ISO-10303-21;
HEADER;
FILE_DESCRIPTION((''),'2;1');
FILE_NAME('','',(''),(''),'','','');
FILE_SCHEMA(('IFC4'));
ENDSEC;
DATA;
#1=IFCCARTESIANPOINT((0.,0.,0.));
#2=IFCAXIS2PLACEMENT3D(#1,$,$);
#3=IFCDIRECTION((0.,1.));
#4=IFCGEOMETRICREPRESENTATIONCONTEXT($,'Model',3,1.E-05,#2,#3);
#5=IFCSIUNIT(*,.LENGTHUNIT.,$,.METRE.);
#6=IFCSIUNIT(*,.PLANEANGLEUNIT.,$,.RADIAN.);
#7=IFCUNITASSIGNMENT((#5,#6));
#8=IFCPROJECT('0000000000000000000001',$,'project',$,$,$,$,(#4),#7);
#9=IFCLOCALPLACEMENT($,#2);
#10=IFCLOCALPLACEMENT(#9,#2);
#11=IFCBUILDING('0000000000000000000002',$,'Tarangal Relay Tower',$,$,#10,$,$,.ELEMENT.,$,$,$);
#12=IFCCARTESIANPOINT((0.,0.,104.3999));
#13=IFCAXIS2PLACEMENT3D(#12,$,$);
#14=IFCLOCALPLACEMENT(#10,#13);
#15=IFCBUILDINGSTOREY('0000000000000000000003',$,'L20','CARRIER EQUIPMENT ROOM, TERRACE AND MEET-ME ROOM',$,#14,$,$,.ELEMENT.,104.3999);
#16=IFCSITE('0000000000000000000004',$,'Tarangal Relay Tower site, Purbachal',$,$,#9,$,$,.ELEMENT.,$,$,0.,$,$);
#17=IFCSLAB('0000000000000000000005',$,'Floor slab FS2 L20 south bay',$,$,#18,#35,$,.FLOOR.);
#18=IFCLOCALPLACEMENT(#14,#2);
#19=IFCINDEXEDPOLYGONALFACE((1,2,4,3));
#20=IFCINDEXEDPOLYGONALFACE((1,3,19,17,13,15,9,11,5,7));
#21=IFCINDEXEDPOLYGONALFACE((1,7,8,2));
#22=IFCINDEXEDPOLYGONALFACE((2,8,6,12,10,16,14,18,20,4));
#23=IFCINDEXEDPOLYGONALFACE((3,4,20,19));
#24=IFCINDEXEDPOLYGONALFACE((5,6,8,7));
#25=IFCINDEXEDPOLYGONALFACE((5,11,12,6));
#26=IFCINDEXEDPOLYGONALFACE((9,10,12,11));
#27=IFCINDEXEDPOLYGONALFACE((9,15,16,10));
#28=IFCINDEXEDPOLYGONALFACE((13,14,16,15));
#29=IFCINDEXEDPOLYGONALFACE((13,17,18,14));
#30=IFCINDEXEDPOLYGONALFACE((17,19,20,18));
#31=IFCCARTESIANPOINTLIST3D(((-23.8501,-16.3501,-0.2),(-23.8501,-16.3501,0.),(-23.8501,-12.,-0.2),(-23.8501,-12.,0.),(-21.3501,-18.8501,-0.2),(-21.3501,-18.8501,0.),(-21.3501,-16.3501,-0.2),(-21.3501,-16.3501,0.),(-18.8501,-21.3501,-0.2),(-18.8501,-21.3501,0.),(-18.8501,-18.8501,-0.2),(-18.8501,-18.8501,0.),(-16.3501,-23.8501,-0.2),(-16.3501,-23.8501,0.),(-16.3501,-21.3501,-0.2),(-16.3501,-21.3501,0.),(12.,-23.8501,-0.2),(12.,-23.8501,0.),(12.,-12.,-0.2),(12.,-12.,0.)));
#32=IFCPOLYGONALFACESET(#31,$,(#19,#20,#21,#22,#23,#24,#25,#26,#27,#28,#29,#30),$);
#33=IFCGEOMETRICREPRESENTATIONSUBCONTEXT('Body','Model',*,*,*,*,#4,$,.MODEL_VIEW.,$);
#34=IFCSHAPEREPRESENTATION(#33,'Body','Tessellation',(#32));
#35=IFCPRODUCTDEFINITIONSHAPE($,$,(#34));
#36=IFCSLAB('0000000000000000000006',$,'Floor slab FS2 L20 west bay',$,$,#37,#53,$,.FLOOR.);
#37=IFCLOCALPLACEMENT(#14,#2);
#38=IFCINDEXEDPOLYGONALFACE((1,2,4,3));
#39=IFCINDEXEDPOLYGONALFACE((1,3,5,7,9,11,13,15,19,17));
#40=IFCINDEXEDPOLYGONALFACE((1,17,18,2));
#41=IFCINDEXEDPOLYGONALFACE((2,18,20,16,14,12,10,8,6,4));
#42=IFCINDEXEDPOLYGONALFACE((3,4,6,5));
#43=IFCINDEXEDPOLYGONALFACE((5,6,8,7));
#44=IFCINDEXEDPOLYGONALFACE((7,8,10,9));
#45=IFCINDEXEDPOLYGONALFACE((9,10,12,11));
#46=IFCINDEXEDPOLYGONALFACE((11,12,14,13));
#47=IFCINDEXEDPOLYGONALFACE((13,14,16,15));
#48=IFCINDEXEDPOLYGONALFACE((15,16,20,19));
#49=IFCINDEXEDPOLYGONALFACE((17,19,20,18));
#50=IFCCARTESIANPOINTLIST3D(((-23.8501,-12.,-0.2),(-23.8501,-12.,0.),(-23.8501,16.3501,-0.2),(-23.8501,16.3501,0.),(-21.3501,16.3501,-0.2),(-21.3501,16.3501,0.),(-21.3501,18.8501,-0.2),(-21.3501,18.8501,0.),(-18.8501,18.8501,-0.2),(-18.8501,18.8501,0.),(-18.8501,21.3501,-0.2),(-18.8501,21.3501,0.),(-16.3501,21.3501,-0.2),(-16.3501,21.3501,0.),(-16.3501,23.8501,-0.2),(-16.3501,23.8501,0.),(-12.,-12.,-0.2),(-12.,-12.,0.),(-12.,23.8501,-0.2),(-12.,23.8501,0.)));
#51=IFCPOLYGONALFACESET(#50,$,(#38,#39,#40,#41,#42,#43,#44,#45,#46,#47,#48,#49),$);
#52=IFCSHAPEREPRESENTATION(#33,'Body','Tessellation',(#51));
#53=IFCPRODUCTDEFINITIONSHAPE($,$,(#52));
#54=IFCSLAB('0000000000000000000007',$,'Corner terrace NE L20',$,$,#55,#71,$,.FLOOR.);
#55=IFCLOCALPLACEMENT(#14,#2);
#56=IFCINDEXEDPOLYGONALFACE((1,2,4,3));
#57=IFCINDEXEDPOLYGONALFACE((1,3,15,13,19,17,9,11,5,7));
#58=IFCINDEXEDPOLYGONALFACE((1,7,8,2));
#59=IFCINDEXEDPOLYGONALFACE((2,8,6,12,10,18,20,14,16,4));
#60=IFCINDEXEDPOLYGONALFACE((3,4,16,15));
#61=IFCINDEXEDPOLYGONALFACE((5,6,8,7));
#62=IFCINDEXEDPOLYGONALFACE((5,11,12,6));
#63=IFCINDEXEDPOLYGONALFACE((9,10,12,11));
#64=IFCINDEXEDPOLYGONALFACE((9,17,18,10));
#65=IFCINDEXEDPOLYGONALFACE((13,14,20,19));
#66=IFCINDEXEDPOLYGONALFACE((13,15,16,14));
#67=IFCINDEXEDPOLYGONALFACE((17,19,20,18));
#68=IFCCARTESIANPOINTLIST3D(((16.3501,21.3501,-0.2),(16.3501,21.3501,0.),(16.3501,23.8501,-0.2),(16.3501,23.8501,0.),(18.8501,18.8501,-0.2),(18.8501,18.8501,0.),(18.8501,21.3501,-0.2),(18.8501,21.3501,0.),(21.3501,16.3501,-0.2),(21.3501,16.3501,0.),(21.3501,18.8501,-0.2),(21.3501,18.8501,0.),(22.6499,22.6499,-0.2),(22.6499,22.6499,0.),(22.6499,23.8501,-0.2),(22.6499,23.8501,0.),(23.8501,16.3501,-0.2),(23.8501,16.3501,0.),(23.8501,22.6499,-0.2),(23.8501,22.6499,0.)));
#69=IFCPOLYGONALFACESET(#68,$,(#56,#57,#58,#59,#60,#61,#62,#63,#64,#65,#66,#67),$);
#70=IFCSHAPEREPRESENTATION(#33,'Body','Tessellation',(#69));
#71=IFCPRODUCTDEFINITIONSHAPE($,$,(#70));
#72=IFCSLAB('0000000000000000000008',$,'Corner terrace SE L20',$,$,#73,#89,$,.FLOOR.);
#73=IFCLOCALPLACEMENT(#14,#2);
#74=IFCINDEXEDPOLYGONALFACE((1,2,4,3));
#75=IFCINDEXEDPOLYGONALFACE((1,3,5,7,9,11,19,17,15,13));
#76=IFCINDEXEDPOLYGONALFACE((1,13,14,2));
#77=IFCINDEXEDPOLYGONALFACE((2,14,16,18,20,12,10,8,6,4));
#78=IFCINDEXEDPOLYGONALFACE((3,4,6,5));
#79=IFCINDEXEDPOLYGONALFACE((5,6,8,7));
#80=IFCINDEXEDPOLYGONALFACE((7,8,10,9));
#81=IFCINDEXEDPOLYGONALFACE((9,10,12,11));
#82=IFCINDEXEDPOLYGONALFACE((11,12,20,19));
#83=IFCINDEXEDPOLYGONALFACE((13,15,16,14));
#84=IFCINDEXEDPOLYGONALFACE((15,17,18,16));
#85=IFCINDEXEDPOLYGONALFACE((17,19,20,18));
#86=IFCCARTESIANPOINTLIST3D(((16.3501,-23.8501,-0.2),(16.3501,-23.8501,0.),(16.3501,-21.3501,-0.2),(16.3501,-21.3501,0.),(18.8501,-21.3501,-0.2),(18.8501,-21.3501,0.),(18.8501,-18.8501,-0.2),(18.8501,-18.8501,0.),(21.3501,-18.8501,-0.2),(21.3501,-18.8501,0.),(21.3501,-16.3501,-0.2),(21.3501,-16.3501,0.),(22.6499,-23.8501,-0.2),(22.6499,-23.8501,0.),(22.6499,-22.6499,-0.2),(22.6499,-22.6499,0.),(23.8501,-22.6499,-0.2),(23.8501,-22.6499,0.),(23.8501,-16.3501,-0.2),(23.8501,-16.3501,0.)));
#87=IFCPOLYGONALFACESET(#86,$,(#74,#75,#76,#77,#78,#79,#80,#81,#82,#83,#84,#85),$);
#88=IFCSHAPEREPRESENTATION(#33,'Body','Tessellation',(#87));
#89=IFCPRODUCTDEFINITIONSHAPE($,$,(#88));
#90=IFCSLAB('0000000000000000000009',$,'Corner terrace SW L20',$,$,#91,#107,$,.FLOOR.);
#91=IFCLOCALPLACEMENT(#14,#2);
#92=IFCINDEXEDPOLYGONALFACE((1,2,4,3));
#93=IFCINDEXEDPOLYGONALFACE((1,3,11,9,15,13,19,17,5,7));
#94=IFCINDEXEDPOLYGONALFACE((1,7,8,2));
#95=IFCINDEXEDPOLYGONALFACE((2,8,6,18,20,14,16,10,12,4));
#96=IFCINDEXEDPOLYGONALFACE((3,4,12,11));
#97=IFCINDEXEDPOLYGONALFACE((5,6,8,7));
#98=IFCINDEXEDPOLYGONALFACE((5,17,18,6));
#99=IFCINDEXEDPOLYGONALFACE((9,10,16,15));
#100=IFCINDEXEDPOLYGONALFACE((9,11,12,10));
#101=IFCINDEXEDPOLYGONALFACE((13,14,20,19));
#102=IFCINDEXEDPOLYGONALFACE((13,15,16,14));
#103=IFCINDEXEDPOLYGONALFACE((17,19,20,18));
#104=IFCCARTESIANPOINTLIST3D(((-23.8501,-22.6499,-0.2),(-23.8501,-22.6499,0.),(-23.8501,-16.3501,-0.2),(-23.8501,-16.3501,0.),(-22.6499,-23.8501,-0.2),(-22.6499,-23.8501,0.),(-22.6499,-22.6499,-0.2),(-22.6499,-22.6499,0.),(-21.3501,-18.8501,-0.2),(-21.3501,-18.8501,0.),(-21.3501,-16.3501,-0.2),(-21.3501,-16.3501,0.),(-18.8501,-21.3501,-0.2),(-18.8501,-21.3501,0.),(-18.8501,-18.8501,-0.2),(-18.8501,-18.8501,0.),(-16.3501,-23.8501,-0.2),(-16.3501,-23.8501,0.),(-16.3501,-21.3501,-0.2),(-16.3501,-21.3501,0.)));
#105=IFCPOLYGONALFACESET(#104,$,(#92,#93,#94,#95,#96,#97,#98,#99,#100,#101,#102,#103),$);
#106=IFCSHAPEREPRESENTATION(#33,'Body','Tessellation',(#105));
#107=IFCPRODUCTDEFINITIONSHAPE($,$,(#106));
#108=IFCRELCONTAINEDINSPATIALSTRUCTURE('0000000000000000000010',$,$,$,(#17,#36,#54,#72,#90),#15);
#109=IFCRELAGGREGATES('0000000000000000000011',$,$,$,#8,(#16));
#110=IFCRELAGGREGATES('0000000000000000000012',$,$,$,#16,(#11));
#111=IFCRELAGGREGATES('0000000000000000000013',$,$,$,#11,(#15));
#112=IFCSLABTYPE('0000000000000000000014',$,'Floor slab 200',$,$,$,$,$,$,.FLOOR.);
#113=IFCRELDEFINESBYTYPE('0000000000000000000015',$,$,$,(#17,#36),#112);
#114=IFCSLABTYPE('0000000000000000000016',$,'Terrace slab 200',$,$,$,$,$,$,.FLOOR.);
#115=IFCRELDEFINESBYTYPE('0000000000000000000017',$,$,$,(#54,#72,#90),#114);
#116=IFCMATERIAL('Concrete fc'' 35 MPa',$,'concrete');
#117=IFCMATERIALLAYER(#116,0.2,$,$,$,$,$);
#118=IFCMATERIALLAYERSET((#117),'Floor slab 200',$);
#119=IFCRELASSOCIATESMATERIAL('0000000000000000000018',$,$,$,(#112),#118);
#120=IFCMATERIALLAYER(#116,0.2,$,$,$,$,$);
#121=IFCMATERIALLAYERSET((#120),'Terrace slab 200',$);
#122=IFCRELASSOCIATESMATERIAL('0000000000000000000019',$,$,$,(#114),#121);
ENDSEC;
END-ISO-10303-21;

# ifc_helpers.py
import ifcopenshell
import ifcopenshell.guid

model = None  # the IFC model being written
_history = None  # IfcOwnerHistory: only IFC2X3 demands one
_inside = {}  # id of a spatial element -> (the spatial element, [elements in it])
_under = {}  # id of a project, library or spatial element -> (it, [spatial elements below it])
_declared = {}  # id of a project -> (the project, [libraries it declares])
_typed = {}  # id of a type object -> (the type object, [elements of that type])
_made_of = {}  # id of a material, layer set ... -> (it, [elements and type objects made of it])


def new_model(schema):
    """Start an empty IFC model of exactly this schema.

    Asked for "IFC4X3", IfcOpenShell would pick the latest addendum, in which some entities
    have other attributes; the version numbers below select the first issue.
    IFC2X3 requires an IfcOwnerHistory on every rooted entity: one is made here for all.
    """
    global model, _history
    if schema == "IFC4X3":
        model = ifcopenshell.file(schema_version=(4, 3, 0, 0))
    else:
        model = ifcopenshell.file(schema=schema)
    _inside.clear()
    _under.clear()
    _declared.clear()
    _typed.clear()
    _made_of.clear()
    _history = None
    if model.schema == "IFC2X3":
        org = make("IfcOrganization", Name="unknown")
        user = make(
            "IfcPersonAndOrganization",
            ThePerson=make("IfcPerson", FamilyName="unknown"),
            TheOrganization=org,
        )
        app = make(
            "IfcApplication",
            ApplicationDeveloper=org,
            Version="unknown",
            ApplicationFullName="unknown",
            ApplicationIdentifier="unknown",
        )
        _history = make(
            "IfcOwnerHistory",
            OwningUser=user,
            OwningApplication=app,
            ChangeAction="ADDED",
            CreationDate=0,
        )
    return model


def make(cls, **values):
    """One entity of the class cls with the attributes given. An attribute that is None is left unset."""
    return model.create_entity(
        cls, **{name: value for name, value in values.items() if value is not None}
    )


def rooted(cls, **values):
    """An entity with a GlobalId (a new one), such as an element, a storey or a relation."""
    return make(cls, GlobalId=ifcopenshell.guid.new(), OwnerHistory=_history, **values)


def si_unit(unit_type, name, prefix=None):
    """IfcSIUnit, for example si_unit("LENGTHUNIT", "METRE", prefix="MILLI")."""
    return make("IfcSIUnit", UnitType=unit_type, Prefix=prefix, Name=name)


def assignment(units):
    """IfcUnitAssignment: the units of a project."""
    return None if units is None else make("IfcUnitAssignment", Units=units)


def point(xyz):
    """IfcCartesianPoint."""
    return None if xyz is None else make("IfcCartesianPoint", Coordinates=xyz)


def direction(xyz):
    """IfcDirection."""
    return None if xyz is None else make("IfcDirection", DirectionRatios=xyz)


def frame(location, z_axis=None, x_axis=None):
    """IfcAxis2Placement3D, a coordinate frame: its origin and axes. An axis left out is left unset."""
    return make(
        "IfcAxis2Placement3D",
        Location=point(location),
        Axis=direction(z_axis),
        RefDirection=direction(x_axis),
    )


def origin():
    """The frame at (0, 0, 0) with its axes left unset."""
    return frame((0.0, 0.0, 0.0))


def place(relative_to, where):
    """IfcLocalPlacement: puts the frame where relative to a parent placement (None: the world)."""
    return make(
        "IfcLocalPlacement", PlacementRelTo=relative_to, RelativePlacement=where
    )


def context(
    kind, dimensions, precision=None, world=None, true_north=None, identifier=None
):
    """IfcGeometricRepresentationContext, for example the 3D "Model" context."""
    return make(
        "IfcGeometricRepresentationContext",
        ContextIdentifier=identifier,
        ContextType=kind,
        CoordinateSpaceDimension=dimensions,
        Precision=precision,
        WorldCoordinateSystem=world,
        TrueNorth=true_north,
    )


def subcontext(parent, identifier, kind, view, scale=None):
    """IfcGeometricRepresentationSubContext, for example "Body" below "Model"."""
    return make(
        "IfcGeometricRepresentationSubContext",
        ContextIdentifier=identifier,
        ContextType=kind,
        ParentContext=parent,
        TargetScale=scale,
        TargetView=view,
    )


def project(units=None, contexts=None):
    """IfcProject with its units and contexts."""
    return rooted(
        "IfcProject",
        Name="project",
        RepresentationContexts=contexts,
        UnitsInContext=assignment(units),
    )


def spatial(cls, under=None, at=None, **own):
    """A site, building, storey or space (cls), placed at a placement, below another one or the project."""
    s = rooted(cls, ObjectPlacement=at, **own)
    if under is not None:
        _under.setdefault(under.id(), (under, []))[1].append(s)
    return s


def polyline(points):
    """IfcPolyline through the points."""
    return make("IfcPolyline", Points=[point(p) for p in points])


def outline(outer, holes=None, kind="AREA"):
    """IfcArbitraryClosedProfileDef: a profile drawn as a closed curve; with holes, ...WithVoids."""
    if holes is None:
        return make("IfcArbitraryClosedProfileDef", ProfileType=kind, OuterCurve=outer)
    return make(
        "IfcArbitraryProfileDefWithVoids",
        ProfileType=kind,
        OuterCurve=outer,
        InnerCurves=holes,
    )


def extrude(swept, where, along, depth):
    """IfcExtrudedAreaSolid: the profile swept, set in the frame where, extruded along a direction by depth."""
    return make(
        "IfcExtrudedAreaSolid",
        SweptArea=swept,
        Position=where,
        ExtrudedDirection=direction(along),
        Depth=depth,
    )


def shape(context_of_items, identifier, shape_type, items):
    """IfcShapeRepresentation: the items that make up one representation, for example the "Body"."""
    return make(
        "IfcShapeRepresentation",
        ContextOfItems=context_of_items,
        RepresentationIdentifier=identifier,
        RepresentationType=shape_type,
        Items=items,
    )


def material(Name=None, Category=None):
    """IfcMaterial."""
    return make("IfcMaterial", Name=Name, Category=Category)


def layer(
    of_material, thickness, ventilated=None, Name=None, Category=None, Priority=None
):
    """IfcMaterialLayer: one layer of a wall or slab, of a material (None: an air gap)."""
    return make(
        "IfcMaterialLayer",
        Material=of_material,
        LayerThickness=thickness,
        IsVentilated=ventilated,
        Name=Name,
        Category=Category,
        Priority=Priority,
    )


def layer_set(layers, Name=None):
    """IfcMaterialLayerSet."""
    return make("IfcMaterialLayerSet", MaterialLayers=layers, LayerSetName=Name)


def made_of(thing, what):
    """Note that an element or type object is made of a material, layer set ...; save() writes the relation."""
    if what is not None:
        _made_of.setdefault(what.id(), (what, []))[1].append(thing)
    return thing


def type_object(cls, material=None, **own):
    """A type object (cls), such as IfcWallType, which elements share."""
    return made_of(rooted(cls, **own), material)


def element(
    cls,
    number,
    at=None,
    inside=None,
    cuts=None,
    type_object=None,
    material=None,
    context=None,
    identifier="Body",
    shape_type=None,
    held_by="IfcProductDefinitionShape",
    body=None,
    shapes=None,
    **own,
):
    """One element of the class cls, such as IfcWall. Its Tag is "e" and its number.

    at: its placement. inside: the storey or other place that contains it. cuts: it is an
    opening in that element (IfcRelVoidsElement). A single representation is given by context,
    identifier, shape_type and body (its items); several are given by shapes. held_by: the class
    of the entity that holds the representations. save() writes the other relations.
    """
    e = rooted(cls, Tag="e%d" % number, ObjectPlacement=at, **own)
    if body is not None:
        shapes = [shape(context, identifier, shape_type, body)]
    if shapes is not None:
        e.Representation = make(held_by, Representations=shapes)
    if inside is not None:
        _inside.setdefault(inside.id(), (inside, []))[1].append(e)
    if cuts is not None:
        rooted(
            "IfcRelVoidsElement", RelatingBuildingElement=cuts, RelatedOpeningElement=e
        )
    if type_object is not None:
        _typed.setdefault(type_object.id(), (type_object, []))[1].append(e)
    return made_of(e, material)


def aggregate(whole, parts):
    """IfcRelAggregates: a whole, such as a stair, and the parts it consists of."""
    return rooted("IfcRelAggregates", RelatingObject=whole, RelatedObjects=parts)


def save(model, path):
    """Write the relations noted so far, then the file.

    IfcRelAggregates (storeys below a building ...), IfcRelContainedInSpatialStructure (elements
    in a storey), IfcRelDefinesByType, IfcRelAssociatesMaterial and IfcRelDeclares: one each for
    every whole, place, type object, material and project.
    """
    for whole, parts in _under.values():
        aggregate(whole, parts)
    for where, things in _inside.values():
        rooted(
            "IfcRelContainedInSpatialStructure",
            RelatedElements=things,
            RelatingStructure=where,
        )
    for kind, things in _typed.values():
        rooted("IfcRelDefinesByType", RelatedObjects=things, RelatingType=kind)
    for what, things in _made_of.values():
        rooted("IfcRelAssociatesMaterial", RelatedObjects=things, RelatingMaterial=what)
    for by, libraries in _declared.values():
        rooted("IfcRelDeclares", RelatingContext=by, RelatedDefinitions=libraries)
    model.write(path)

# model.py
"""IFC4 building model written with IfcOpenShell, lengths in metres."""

from ifc_helpers import new_model, si_unit, direction, frame, origin, place, context, subcontext, project, spatial, polyline, outline, extrude, material, layer, layer_set, type_object, element, save


model = new_model("IFC4")

# Units and contexts
model_context = context("Model", 3, precision=1e-05, world=origin(), true_north=direction((0.0, 1.0)))
body_context = subcontext(model_context, "Body", "Model", "MODEL_VIEW")
ifc_project = project(units=[si_unit("LENGTHUNIT", "METRE"), si_unit("PLANEANGLEUNIT", "RADIAN")], contexts=[model_context])

# Site, building, storey
site_placement = place(None, origin())
site = spatial("IfcSite", under=ifc_project, at=site_placement, Name="Tarangal Relay Tower site, Purbachal", CompositionType="ELEMENT", RefElevation=0.0)
building_placement = place(site_placement, origin())
building = spatial("IfcBuilding", under=site, at=building_placement, Name="Tarangal Relay Tower", CompositionType="ELEMENT")
storey_placement = place(building_placement, frame((0.0, 0.0, 104.3999)))
storey = spatial("IfcBuildingStorey", under=building, at=storey_placement, Name="L20", Description="CARRIER EQUIPMENT ROOM, TERRACE AND MEET-ME ROOM", CompositionType="ELEMENT", Elevation=104.3999)

# Slabs
ifc_material_1 = material(Name="Concrete fc' 35 MPa", Category="concrete")
ifc_layer_1 = layer(ifc_material_1, 0.2)
ifc_layer_set_1 = layer_set([ifc_layer_1], Name="Floor slab 200")
slab_type_1 = type_object("IfcSlabType", Name="Floor slab 200", PredefinedType="FLOOR", material=ifc_layer_set_1)
slab_1_placement = place(storey_placement, frame((0.0, 0.0, -0.2)))
element("IfcSlab", 1, at=slab_1_placement, inside=storey, type_object=slab_type_1, Name="Floor slab FS2 L20 south bay", PredefinedType="FLOOR", context=body_context, shape_type="SweptSolid", body=[
    extrude(outline(polyline([(-16.3501, -23.8501), (-16.3501, -21.3501), (-18.8501, -21.3501), (-18.8501, -18.8501), (-21.3501, -18.8501), (-21.3501, -16.3501), (-23.8501, -16.3501), (-23.8501, -12.0), (12.0, -12.0), (12.0, -23.8501), (-16.3501, -23.8501)])), origin(), (0.0, 0.0, 1.0), 0.2),
])
slab_2_placement = place(storey_placement, frame((0.0, 0.0, -0.2)))
element("IfcSlab", 2, at=slab_2_placement, inside=storey, type_object=slab_type_1, Name="Floor slab FS2 L20 west bay", PredefinedType="FLOOR", context=body_context, shape_type="SweptSolid", body=[
    extrude(outline(polyline([(-12.0, 23.8501), (-12.0, -12.0), (-23.8501, -12.0), (-23.8501, 16.3501), (-21.3501, 16.3501), (-21.3501, 18.8501), (-18.8501, 18.8501), (-18.8501, 21.3501), (-16.3501, 21.3501), (-16.3501, 23.8501), (-12.0, 23.8501)])), origin(), (0.0, 0.0, 1.0), 0.2),
])
ifc_layer_2 = layer(ifc_material_1, 0.2)
ifc_layer_set_2 = layer_set([ifc_layer_2], Name="Terrace slab 200")
slab_type_2 = type_object("IfcSlabType", Name="Terrace slab 200", PredefinedType="FLOOR", material=ifc_layer_set_2)
slab_3_placement = place(storey_placement, frame((0.0, 0.0, -0.2)))
element("IfcSlab", 3, at=slab_3_placement, inside=storey, type_object=slab_type_2, Name="Corner terrace NE L20", PredefinedType="FLOOR", context=body_context, shape_type="SweptSolid", body=[
    extrude(outline(polyline([(16.3501, 23.8501), (16.3501, 21.3501), (18.8501, 21.3501), (18.8501, 18.8501), (21.3501, 18.8501), (21.3501, 16.3501), (23.8501, 16.3501), (23.8501, 22.6499), (22.6499, 22.6499), (22.6499, 23.8501), (16.3501, 23.8501)])), origin(), (0.0, 0.0, 1.0), 0.2),
])
slab_4_placement = place(storey_placement, frame((0.0, 0.0, -0.2)))
element("IfcSlab", 4, at=slab_4_placement, inside=storey, type_object=slab_type_2, Name="Corner terrace SE L20", PredefinedType="FLOOR", context=body_context, shape_type="SweptSolid", body=[
    extrude(outline(polyline([(23.8501, -16.3501), (21.3501, -16.3501), (21.3501, -18.8501), (18.8501, -18.8501), (18.8501, -21.3501), (16.3501, -21.3501), (16.3501, -23.8501), (22.6499, -23.8501), (22.6499, -22.6499), (23.8501, -22.6499), (23.8501, -16.3501)])), origin(), (0.0, 0.0, 1.0), 0.2),
])
slab_5_placement = place(storey_placement, frame((0.0, 0.0, -0.2)))
element("IfcSlab", 5, at=slab_5_placement, inside=storey, type_object=slab_type_2, Name="Corner terrace SW L20", PredefinedType="FLOOR", context=body_context, shape_type="SweptSolid", body=[
    extrude(outline(polyline([(-16.3501, -23.8501), (-16.3501, -21.3501), (-18.8501, -21.3501), (-18.8501, -18.8501), (-21.3501, -18.8501), (-21.3501, -16.3501), (-23.8501, -16.3501), (-23.8501, -22.6499), (-22.6499, -22.6499), (-22.6499, -23.8501), (-16.3501, -23.8501)])), origin(), (0.0, 0.0, 1.0), 0.2),
])

save(model, "model.ifc")
